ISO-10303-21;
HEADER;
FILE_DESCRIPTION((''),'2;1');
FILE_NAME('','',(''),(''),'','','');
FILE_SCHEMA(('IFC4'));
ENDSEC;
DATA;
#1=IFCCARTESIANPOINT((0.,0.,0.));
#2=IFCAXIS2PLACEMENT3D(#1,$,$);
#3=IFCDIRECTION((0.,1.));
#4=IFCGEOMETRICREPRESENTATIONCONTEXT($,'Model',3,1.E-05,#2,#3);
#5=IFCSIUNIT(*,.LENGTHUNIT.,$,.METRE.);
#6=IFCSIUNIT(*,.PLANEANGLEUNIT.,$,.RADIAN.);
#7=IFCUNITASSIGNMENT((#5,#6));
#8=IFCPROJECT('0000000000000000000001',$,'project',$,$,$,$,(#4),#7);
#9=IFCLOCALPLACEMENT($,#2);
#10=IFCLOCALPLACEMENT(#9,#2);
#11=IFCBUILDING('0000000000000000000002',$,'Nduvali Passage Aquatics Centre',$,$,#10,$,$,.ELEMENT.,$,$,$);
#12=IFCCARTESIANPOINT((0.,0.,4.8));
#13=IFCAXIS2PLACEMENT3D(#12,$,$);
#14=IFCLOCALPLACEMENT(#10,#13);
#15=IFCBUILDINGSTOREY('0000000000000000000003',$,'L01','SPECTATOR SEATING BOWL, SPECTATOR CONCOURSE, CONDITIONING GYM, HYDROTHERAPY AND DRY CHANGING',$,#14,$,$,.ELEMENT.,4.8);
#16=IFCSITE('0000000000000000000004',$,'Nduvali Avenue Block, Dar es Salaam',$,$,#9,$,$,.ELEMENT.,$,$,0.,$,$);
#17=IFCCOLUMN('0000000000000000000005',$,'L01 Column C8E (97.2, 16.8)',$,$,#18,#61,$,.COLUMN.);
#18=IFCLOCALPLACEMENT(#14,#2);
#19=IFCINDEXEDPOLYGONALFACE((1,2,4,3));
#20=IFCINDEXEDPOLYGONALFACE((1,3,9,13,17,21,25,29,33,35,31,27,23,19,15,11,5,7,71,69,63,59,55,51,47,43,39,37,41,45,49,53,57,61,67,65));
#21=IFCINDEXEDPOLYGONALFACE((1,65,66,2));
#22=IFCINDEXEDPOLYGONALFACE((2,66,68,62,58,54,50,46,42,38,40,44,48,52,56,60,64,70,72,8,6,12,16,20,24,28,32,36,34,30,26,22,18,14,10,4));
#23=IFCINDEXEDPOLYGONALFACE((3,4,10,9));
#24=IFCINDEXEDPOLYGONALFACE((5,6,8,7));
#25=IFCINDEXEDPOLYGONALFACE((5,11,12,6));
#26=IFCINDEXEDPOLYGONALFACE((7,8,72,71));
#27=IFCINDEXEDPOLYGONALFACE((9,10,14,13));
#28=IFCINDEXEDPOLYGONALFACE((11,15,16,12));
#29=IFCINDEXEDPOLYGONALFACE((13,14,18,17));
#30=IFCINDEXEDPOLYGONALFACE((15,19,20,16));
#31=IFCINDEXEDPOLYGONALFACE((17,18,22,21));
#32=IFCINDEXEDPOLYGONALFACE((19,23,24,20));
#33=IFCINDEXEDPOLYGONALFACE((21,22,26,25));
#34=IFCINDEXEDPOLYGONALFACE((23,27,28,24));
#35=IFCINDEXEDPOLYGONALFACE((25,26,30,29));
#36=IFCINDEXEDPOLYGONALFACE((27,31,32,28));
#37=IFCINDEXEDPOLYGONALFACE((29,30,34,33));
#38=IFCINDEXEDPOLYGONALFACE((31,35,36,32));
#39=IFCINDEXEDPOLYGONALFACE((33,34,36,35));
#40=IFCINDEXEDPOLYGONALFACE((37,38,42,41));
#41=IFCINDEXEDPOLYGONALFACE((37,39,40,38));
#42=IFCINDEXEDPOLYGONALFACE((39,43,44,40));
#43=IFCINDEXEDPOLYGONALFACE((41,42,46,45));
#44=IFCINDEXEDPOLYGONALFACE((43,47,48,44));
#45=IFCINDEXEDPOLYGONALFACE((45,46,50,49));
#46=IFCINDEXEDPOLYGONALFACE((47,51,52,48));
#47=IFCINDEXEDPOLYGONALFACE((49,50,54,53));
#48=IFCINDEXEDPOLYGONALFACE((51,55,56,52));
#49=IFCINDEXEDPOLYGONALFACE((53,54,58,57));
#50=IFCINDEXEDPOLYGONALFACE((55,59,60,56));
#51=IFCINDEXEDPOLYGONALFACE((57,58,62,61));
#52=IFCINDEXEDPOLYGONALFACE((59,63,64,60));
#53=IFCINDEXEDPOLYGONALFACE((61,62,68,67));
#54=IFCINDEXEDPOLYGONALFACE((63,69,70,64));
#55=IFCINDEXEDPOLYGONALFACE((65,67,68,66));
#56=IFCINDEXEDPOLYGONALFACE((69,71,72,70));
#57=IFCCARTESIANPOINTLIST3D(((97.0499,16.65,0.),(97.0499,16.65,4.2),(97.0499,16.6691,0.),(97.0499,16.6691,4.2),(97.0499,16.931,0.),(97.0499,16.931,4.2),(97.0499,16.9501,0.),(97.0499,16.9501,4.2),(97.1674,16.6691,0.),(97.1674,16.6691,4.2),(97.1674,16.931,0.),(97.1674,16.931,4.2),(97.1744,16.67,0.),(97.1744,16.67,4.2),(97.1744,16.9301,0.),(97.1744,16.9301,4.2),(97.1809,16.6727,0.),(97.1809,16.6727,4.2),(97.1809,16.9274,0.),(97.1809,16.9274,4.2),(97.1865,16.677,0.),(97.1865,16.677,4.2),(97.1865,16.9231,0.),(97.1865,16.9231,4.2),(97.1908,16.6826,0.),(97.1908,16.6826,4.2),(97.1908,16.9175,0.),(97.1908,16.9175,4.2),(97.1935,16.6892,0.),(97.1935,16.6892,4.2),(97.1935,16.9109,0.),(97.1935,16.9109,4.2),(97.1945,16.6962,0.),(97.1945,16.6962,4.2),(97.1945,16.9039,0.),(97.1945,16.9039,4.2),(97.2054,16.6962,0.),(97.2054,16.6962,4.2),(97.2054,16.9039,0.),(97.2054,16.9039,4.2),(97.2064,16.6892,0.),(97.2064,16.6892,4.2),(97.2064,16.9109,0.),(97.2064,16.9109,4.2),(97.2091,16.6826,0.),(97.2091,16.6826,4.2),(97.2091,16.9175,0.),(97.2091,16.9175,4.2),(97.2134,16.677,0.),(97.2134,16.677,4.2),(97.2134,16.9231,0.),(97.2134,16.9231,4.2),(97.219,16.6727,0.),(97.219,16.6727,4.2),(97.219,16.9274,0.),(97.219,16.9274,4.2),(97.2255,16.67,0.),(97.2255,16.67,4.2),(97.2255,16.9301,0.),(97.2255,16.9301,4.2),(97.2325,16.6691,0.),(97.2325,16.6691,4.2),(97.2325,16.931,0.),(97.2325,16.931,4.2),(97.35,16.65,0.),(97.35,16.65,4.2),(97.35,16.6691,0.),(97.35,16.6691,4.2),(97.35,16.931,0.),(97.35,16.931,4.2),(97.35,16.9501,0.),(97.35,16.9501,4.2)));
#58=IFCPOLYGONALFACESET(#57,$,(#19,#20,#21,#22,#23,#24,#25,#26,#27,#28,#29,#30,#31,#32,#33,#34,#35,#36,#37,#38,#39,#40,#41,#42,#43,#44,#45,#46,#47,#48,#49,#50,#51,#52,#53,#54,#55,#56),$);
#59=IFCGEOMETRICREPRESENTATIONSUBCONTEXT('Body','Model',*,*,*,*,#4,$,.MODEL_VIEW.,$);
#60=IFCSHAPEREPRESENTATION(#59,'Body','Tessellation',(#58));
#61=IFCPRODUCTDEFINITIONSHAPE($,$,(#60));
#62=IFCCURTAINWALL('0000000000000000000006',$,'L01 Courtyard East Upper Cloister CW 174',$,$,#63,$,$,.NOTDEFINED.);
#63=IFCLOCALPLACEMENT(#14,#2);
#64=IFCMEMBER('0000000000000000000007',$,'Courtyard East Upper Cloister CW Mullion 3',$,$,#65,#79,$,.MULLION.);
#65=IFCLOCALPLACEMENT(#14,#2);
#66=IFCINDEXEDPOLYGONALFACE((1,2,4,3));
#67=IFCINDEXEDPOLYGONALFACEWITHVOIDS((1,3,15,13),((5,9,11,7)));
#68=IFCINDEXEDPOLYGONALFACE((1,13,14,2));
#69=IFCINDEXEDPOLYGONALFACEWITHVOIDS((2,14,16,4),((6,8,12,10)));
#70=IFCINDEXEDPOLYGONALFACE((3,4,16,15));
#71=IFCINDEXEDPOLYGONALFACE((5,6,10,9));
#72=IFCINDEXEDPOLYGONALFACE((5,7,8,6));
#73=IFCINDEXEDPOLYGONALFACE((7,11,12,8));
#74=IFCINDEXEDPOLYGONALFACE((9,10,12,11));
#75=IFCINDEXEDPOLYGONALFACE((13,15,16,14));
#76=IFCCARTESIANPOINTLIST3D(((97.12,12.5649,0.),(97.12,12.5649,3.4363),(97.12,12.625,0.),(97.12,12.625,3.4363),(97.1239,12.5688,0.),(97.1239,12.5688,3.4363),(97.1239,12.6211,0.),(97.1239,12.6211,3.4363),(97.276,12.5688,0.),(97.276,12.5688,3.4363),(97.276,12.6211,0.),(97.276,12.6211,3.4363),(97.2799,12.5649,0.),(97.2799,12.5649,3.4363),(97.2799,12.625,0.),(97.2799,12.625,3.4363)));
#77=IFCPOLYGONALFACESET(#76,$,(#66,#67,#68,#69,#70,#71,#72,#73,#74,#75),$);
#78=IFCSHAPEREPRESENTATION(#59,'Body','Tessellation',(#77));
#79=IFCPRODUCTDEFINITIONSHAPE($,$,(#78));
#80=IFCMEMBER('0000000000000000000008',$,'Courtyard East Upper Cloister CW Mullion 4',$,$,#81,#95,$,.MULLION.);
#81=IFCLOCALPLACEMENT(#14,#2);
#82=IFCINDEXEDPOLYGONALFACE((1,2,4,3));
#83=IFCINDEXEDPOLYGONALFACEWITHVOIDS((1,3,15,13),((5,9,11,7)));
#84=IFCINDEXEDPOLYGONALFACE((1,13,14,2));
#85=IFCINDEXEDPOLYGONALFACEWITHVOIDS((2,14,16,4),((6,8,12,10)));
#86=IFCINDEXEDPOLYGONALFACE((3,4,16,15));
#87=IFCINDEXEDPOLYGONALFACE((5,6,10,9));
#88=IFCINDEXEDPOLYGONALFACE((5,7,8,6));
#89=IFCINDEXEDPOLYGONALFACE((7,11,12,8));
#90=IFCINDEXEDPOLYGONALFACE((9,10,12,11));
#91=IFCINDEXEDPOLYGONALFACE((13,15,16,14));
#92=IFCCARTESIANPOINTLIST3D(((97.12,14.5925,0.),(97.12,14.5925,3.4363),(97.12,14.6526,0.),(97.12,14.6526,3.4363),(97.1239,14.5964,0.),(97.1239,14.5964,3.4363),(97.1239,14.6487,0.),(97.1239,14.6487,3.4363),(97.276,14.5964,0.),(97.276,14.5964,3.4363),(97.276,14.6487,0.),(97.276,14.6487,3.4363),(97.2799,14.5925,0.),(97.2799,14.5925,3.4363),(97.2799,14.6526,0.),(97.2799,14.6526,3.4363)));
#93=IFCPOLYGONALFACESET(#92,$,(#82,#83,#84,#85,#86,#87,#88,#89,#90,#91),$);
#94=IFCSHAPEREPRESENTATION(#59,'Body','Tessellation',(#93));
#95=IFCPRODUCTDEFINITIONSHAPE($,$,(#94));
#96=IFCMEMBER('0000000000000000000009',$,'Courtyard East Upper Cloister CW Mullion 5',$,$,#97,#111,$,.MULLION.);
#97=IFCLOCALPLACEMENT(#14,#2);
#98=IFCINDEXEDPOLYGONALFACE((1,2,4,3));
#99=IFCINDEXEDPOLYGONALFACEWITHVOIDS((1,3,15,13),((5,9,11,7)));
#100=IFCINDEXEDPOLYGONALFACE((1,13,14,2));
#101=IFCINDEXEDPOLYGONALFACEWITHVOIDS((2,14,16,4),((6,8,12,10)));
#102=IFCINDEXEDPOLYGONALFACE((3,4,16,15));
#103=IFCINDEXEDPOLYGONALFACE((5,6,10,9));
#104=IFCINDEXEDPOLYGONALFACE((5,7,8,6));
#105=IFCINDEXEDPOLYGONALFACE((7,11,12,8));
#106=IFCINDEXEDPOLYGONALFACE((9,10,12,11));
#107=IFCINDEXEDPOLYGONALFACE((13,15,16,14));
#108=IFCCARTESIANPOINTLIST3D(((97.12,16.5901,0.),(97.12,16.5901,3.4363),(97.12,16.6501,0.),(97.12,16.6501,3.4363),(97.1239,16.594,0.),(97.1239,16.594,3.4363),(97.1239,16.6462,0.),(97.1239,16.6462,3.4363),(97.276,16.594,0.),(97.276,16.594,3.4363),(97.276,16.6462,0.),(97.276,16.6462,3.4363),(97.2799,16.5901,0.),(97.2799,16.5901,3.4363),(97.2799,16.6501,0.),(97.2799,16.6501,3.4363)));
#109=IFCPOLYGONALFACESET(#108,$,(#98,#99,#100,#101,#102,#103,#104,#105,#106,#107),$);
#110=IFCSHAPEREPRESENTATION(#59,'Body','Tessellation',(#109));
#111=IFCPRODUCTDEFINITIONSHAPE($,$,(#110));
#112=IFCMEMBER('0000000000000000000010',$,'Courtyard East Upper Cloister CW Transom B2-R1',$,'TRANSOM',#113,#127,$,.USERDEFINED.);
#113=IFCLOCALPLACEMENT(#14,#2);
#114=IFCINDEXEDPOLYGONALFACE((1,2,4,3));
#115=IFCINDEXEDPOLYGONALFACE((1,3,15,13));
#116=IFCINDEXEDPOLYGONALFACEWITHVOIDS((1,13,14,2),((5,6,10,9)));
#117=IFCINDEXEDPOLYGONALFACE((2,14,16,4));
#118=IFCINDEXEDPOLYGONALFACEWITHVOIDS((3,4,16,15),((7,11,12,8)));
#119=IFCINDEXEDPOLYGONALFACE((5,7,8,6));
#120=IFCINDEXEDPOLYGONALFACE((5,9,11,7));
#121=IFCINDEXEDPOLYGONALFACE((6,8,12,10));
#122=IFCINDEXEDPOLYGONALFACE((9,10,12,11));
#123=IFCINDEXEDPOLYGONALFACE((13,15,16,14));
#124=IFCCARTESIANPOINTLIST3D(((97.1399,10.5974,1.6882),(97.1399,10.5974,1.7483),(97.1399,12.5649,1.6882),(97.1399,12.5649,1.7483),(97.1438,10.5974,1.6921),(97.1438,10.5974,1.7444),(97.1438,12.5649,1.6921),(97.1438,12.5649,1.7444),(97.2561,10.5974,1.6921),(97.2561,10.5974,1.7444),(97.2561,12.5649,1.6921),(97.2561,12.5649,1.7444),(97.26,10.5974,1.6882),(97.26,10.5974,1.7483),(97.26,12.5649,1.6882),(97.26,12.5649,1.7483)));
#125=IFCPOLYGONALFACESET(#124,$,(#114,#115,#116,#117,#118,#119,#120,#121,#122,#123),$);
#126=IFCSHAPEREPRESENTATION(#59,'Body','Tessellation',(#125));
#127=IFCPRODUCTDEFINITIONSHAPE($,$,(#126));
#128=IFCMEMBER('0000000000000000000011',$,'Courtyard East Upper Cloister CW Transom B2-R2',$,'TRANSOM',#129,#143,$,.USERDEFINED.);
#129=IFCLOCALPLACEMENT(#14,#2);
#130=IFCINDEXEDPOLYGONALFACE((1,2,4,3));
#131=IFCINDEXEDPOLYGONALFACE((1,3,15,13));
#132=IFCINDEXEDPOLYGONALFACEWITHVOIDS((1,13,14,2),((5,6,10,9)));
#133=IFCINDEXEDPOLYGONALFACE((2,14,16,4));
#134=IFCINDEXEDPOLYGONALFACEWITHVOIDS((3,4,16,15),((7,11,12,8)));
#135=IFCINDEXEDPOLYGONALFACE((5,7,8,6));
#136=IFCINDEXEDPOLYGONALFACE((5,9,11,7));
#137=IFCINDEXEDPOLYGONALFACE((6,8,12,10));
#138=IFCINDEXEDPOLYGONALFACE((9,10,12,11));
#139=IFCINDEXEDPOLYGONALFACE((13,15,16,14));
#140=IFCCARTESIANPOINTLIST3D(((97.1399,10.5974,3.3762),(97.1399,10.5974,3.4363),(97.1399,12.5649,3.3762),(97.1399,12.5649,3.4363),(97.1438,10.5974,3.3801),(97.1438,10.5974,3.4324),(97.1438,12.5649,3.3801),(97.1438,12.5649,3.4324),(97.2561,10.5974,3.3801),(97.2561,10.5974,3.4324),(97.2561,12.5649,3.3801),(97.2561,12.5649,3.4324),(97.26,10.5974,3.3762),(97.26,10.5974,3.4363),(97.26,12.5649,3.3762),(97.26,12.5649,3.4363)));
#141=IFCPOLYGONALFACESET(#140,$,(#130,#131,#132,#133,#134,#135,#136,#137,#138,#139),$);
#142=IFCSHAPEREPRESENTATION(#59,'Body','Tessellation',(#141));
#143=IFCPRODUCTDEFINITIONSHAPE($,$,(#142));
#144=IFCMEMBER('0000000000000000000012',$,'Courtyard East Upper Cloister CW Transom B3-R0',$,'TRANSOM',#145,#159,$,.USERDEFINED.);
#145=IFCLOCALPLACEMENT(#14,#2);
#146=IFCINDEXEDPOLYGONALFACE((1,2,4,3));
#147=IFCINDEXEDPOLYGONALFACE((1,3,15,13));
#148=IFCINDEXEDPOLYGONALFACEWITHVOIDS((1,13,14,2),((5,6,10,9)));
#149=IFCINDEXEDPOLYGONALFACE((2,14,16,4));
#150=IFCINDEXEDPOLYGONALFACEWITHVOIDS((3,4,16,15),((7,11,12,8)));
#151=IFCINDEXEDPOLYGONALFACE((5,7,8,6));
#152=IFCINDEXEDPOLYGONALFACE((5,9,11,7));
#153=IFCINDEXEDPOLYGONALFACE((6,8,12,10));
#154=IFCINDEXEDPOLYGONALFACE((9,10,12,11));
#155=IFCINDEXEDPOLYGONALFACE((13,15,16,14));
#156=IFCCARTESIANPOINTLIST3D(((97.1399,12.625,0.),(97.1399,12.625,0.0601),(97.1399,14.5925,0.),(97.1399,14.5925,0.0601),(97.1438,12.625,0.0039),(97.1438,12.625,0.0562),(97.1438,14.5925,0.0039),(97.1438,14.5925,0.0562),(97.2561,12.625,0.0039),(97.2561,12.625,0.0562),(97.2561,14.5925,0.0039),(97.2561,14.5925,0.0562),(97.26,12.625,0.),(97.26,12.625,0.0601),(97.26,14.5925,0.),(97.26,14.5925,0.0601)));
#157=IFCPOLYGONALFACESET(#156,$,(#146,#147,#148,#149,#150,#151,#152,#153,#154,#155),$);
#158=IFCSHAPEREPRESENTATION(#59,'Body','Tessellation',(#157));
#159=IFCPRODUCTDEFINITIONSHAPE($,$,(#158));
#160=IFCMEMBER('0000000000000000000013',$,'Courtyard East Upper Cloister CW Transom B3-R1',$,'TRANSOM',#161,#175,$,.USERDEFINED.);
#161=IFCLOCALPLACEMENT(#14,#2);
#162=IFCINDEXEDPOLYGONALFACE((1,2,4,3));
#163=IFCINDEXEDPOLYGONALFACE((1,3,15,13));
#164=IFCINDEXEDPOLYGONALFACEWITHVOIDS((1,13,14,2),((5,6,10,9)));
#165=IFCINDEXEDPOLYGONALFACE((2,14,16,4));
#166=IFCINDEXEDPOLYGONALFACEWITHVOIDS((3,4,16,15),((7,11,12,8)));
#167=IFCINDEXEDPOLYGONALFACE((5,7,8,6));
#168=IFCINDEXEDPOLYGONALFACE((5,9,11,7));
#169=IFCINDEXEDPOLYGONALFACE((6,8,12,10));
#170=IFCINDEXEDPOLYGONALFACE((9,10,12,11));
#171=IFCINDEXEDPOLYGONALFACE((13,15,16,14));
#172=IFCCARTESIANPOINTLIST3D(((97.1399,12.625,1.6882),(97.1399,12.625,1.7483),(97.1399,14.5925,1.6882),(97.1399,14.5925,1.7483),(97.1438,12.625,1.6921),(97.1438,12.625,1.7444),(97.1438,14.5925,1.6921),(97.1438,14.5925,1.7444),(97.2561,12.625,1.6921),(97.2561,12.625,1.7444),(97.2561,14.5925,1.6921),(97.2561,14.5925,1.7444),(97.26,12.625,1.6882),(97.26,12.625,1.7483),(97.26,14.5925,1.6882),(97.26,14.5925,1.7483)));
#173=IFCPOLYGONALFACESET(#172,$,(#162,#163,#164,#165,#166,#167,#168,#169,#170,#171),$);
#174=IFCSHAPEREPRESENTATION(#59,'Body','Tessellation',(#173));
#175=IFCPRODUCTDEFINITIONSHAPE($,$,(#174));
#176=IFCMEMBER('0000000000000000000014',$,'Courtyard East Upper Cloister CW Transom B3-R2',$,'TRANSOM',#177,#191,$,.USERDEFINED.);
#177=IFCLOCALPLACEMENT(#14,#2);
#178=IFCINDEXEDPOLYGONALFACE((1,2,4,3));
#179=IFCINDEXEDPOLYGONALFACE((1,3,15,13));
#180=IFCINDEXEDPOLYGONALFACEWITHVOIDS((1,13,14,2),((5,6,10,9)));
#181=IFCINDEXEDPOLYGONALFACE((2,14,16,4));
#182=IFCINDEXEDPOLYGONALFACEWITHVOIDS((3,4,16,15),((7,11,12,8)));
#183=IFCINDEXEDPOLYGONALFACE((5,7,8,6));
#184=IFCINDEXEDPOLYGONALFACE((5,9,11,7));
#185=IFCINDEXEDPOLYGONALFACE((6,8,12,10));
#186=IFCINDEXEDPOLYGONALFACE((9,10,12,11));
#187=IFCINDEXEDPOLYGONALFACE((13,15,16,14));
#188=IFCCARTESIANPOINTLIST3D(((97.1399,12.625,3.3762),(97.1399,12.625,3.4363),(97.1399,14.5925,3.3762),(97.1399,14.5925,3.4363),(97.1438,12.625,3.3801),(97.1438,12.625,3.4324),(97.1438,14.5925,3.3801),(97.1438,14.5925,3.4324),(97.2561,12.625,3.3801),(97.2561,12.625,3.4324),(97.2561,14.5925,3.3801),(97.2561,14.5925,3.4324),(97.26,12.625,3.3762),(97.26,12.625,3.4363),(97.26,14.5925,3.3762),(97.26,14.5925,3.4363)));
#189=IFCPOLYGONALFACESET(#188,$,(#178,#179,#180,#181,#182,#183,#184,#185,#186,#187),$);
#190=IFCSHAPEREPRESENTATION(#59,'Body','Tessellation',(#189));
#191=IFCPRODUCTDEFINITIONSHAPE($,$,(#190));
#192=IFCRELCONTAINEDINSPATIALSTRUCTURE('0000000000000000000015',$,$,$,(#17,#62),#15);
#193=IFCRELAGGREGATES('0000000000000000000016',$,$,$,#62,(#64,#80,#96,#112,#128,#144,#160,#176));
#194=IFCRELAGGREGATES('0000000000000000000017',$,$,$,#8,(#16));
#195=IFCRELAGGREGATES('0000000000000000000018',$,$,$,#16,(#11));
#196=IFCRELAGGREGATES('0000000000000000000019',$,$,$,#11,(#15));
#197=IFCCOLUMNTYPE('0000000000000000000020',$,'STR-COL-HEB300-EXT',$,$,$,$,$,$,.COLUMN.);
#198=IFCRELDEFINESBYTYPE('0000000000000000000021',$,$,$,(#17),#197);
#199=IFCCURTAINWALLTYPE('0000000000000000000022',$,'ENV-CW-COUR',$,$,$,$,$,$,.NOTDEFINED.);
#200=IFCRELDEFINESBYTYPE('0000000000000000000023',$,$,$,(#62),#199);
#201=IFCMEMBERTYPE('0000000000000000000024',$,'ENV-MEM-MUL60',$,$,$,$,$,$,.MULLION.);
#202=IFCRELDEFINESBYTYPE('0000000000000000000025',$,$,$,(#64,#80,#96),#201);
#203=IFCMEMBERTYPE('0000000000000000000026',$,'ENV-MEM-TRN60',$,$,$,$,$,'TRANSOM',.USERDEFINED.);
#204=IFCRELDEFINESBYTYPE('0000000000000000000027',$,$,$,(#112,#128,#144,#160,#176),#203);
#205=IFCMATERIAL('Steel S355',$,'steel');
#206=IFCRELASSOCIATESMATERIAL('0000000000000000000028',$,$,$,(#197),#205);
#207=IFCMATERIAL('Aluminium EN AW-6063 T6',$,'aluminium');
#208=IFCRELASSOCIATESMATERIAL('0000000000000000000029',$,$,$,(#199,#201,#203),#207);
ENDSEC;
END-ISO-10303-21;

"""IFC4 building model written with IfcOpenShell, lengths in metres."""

from ifc_helpers import new_model, si_unit, direction, frame, origin, origin_2d, place, context, subcontext, project, spatial, hollow_rectangle, i_section, extrude, material, material_profile, profile_set, type_object, element, aggregate, save


model = new_model("IFC4")

# Units and contexts
model_context = context("Model", 3, precision=1e-05, world=origin(), true_north=direction((0.0, 1.0)))
body_context = subcontext(model_context, "Body", "Model", "MODEL_VIEW")
ifc_project = project(units=[si_unit("LENGTHUNIT", "METRE"), si_unit("PLANEANGLEUNIT", "RADIAN")], contexts=[model_context])

# Site, building, storey
site_placement = place(None, origin())
site = spatial("IfcSite", under=ifc_project, at=site_placement, Name="Nduvali Avenue Block, Dar es Salaam", CompositionType="ELEMENT", RefElevation=0.0)
building_placement = place(site_placement, origin())
building = spatial("IfcBuilding", under=site, at=building_placement, Name="Nduvali Passage Aquatics Centre", CompositionType="ELEMENT")
storey_placement = place(building_placement, frame((0.0, 0.0, 4.8)))
storey = spatial("IfcBuildingStorey", under=building, at=storey_placement, Name="L01", Description="SPECTATOR SEATING BOWL, SPECTATOR CONCOURSE, CONDITIONING GYM, HYDROTHERAPY AND DRY CHANGING", CompositionType="ELEMENT", Elevation=4.8)

# Column
ifc_material_1 = material(Name="Steel S355", Category="steel")
ifc_material_profile_1 = material_profile(ifc_material_1, i_section(OverallWidth=0.3, OverallDepth=0.3, WebThickness=0.011, FlangeThickness=0.019, FilletRadius=0.0271, at=origin_2d()), Name="HEB 300")
ifc_profile_set_1 = profile_set([ifc_material_profile_1], Name="Steel S355")
column_type = type_object("IfcColumnType", Name="STR-COL-HEB300-EXT", PredefinedType="COLUMN", material=ifc_profile_set_1)
column_placement = place(storey_placement, frame((97.2, 16.8, 0.0), z_axis=(0.0, 0.0, 1.0), x_axis=(1.0, 0.0, 0.0)))
element("IfcColumn", 1, at=column_placement, inside=storey, type_object=column_type, Name="L01 Column C8E (97.2, 16.8)", PredefinedType="COLUMN", context=body_context, shape_type="SweptSolid", body=[
    extrude(i_section(OverallWidth=0.3, OverallDepth=0.3, WebThickness=0.011, FlangeThickness=0.019, FilletRadius=0.0271, at=origin_2d()), origin(), (0.0, 0.0, 1.0), 4.2),
])

# Curtain wall, members
ifc_material_2 = material(Name="Aluminium EN AW-6063 T6", Category="aluminium")
curtain_wall_type = type_object("IfcCurtainWallType", Name="ENV-CW-COUR", PredefinedType="NOTDEFINED", material=ifc_material_2)
curtain_wall_placement = place(storey_placement, origin())
curtain_wall = element("IfcCurtainWall", 2, at=curtain_wall_placement, inside=storey, type_object=curtain_wall_type, Name="L01 Courtyard East Upper Cloister CW 174", PredefinedType="NOTDEFINED")
ifc_material_profile_2 = material_profile(ifc_material_2, hollow_rectangle(XDim=0.0601, YDim=0.1599, WallThickness=0.0039, at=origin_2d()), Name="ALU MULLION 60x160x4")
ifc_profile_set_2 = profile_set([ifc_material_profile_2], Name="Aluminium EN AW-6063 T6")
member_type_1 = type_object("IfcMemberType", Name="ENV-MEM-MUL60", PredefinedType="MULLION", material=ifc_profile_set_2)
member_1_placement = place(storey_placement, frame((97.2, 12.595, 0.0), z_axis=(0.0, 0.0, 1.0), x_axis=(0.0, 1.0, 0.0)))
member_1 = element("IfcMember", 3, at=member_1_placement, type_object=member_type_1, Name="Courtyard East Upper Cloister CW Mullion 3", PredefinedType="MULLION", context=body_context, shape_type="SweptSolid", body=[
    extrude(hollow_rectangle(XDim=0.0601, YDim=0.1599, WallThickness=0.0039, at=origin_2d()), origin(), (0.0, 0.0, 1.0), 3.4363),
])
member_2_placement = place(storey_placement, frame((97.2, 14.6226, 0.0), z_axis=(0.0, 0.0, 1.0), x_axis=(0.0, 1.0, 0.0)))
member_2 = element("IfcMember", 4, at=member_2_placement, type_object=member_type_1, Name="Courtyard East Upper Cloister CW Mullion 4", PredefinedType="MULLION", context=body_context, shape_type="SweptSolid", body=[
    extrude(hollow_rectangle(XDim=0.0601, YDim=0.1599, WallThickness=0.0039, at=origin_2d()), origin(), (0.0, 0.0, 1.0), 3.4363),
])
member_3_placement = place(storey_placement, frame((97.2, 16.6201, 0.0), z_axis=(0.0, 0.0, 1.0), x_axis=(0.0, 1.0, 0.0)))
member_3 = element("IfcMember", 5, at=member_3_placement, type_object=member_type_1, Name="Courtyard East Upper Cloister CW Mullion 5", PredefinedType="MULLION", context=body_context, shape_type="SweptSolid", body=[
    extrude(hollow_rectangle(XDim=0.0601, YDim=0.1599, WallThickness=0.0039, at=origin_2d()), origin(), (0.0, 0.0, 1.0), 3.4363),
])
ifc_material_profile_3 = material_profile(ifc_material_2, hollow_rectangle(XDim=0.1201, YDim=0.0601, WallThickness=0.0039, at=origin_2d()), Name="ALU TRANSOM 120x60x4")
ifc_profile_set_3 = profile_set([ifc_material_profile_3], Name="Aluminium EN AW-6063 T6")
member_type_2 = type_object("IfcMemberType", Name="ENV-MEM-TRN60", ElementType="TRANSOM", PredefinedType="USERDEFINED", material=ifc_profile_set_3)
member_4_placement = place(storey_placement, frame((97.2, 10.5974, 1.7183), z_axis=(0.0, 1.0, 0.0), x_axis=(-1.0, 0.0, 0.0)))
member_4 = element("IfcMember", 6, at=member_4_placement, type_object=member_type_2, Name="Courtyard East Upper Cloister CW Transom B2-R1", ObjectType="TRANSOM", PredefinedType="USERDEFINED", context=body_context, shape_type="SweptSolid", body=[
    extrude(hollow_rectangle(XDim=0.1201, YDim=0.0601, WallThickness=0.0039, at=origin_2d()), origin(), (0.0, 0.0, 1.0), 1.9675),
])
member_5_placement = place(storey_placement, frame((97.2, 10.5974, 3.4062), z_axis=(0.0, 1.0, 0.0), x_axis=(-1.0, 0.0, 0.0)))
member_5 = element("IfcMember", 7, at=member_5_placement, type_object=member_type_2, Name="Courtyard East Upper Cloister CW Transom B2-R2", ObjectType="TRANSOM", PredefinedType="USERDEFINED", context=body_context, shape_type="SweptSolid", body=[
    extrude(hollow_rectangle(XDim=0.1201, YDim=0.0601, WallThickness=0.0039, at=origin_2d()), origin(), (0.0, 0.0, 1.0), 1.9675),
])
member_6_placement = place(storey_placement, frame((97.2, 12.625, 0.03), z_axis=(0.0, 1.0, 0.0), x_axis=(-1.0, 0.0, 0.0)))
member_6 = element("IfcMember", 8, at=member_6_placement, type_object=member_type_2, Name="Courtyard East Upper Cloister CW Transom B3-R0", ObjectType="TRANSOM", PredefinedType="USERDEFINED", context=body_context, shape_type="SweptSolid", body=[
    extrude(hollow_rectangle(XDim=0.1201, YDim=0.0601, WallThickness=0.0039, at=origin_2d()), origin(), (0.0, 0.0, 1.0), 1.9675),
])
member_7_placement = place(storey_placement, frame((97.2, 12.625, 1.7183), z_axis=(0.0, 1.0, 0.0), x_axis=(-1.0, 0.0, 0.0)))
member_7 = element("IfcMember", 9, at=member_7_placement, type_object=member_type_2, Name="Courtyard East Upper Cloister CW Transom B3-R1", ObjectType="TRANSOM", PredefinedType="USERDEFINED", context=body_context, shape_type="SweptSolid", body=[
    extrude(hollow_rectangle(XDim=0.1201, YDim=0.0601, WallThickness=0.0039, at=origin_2d()), origin(), (0.0, 0.0, 1.0), 1.9675),
])
member_8_placement = place(storey_placement, frame((97.2, 12.625, 3.4062), z_axis=(0.0, 1.0, 0.0), x_axis=(-1.0, 0.0, 0.0)))
member_8 = element("IfcMember", 10, at=member_8_placement, type_object=member_type_2, Name="Courtyard East Upper Cloister CW Transom B3-R2", ObjectType="TRANSOM", PredefinedType="USERDEFINED", context=body_context, shape_type="SweptSolid", body=[
    extrude(hollow_rectangle(XDim=0.1201, YDim=0.0601, WallThickness=0.0039, at=origin_2d()), origin(), (0.0, 0.0, 1.0), 1.9675),
])

aggregate(curtain_wall, [member_1, member_2, member_3, member_4, member_5, member_6, member_7, member_8])

save(model, "model.ifc")
